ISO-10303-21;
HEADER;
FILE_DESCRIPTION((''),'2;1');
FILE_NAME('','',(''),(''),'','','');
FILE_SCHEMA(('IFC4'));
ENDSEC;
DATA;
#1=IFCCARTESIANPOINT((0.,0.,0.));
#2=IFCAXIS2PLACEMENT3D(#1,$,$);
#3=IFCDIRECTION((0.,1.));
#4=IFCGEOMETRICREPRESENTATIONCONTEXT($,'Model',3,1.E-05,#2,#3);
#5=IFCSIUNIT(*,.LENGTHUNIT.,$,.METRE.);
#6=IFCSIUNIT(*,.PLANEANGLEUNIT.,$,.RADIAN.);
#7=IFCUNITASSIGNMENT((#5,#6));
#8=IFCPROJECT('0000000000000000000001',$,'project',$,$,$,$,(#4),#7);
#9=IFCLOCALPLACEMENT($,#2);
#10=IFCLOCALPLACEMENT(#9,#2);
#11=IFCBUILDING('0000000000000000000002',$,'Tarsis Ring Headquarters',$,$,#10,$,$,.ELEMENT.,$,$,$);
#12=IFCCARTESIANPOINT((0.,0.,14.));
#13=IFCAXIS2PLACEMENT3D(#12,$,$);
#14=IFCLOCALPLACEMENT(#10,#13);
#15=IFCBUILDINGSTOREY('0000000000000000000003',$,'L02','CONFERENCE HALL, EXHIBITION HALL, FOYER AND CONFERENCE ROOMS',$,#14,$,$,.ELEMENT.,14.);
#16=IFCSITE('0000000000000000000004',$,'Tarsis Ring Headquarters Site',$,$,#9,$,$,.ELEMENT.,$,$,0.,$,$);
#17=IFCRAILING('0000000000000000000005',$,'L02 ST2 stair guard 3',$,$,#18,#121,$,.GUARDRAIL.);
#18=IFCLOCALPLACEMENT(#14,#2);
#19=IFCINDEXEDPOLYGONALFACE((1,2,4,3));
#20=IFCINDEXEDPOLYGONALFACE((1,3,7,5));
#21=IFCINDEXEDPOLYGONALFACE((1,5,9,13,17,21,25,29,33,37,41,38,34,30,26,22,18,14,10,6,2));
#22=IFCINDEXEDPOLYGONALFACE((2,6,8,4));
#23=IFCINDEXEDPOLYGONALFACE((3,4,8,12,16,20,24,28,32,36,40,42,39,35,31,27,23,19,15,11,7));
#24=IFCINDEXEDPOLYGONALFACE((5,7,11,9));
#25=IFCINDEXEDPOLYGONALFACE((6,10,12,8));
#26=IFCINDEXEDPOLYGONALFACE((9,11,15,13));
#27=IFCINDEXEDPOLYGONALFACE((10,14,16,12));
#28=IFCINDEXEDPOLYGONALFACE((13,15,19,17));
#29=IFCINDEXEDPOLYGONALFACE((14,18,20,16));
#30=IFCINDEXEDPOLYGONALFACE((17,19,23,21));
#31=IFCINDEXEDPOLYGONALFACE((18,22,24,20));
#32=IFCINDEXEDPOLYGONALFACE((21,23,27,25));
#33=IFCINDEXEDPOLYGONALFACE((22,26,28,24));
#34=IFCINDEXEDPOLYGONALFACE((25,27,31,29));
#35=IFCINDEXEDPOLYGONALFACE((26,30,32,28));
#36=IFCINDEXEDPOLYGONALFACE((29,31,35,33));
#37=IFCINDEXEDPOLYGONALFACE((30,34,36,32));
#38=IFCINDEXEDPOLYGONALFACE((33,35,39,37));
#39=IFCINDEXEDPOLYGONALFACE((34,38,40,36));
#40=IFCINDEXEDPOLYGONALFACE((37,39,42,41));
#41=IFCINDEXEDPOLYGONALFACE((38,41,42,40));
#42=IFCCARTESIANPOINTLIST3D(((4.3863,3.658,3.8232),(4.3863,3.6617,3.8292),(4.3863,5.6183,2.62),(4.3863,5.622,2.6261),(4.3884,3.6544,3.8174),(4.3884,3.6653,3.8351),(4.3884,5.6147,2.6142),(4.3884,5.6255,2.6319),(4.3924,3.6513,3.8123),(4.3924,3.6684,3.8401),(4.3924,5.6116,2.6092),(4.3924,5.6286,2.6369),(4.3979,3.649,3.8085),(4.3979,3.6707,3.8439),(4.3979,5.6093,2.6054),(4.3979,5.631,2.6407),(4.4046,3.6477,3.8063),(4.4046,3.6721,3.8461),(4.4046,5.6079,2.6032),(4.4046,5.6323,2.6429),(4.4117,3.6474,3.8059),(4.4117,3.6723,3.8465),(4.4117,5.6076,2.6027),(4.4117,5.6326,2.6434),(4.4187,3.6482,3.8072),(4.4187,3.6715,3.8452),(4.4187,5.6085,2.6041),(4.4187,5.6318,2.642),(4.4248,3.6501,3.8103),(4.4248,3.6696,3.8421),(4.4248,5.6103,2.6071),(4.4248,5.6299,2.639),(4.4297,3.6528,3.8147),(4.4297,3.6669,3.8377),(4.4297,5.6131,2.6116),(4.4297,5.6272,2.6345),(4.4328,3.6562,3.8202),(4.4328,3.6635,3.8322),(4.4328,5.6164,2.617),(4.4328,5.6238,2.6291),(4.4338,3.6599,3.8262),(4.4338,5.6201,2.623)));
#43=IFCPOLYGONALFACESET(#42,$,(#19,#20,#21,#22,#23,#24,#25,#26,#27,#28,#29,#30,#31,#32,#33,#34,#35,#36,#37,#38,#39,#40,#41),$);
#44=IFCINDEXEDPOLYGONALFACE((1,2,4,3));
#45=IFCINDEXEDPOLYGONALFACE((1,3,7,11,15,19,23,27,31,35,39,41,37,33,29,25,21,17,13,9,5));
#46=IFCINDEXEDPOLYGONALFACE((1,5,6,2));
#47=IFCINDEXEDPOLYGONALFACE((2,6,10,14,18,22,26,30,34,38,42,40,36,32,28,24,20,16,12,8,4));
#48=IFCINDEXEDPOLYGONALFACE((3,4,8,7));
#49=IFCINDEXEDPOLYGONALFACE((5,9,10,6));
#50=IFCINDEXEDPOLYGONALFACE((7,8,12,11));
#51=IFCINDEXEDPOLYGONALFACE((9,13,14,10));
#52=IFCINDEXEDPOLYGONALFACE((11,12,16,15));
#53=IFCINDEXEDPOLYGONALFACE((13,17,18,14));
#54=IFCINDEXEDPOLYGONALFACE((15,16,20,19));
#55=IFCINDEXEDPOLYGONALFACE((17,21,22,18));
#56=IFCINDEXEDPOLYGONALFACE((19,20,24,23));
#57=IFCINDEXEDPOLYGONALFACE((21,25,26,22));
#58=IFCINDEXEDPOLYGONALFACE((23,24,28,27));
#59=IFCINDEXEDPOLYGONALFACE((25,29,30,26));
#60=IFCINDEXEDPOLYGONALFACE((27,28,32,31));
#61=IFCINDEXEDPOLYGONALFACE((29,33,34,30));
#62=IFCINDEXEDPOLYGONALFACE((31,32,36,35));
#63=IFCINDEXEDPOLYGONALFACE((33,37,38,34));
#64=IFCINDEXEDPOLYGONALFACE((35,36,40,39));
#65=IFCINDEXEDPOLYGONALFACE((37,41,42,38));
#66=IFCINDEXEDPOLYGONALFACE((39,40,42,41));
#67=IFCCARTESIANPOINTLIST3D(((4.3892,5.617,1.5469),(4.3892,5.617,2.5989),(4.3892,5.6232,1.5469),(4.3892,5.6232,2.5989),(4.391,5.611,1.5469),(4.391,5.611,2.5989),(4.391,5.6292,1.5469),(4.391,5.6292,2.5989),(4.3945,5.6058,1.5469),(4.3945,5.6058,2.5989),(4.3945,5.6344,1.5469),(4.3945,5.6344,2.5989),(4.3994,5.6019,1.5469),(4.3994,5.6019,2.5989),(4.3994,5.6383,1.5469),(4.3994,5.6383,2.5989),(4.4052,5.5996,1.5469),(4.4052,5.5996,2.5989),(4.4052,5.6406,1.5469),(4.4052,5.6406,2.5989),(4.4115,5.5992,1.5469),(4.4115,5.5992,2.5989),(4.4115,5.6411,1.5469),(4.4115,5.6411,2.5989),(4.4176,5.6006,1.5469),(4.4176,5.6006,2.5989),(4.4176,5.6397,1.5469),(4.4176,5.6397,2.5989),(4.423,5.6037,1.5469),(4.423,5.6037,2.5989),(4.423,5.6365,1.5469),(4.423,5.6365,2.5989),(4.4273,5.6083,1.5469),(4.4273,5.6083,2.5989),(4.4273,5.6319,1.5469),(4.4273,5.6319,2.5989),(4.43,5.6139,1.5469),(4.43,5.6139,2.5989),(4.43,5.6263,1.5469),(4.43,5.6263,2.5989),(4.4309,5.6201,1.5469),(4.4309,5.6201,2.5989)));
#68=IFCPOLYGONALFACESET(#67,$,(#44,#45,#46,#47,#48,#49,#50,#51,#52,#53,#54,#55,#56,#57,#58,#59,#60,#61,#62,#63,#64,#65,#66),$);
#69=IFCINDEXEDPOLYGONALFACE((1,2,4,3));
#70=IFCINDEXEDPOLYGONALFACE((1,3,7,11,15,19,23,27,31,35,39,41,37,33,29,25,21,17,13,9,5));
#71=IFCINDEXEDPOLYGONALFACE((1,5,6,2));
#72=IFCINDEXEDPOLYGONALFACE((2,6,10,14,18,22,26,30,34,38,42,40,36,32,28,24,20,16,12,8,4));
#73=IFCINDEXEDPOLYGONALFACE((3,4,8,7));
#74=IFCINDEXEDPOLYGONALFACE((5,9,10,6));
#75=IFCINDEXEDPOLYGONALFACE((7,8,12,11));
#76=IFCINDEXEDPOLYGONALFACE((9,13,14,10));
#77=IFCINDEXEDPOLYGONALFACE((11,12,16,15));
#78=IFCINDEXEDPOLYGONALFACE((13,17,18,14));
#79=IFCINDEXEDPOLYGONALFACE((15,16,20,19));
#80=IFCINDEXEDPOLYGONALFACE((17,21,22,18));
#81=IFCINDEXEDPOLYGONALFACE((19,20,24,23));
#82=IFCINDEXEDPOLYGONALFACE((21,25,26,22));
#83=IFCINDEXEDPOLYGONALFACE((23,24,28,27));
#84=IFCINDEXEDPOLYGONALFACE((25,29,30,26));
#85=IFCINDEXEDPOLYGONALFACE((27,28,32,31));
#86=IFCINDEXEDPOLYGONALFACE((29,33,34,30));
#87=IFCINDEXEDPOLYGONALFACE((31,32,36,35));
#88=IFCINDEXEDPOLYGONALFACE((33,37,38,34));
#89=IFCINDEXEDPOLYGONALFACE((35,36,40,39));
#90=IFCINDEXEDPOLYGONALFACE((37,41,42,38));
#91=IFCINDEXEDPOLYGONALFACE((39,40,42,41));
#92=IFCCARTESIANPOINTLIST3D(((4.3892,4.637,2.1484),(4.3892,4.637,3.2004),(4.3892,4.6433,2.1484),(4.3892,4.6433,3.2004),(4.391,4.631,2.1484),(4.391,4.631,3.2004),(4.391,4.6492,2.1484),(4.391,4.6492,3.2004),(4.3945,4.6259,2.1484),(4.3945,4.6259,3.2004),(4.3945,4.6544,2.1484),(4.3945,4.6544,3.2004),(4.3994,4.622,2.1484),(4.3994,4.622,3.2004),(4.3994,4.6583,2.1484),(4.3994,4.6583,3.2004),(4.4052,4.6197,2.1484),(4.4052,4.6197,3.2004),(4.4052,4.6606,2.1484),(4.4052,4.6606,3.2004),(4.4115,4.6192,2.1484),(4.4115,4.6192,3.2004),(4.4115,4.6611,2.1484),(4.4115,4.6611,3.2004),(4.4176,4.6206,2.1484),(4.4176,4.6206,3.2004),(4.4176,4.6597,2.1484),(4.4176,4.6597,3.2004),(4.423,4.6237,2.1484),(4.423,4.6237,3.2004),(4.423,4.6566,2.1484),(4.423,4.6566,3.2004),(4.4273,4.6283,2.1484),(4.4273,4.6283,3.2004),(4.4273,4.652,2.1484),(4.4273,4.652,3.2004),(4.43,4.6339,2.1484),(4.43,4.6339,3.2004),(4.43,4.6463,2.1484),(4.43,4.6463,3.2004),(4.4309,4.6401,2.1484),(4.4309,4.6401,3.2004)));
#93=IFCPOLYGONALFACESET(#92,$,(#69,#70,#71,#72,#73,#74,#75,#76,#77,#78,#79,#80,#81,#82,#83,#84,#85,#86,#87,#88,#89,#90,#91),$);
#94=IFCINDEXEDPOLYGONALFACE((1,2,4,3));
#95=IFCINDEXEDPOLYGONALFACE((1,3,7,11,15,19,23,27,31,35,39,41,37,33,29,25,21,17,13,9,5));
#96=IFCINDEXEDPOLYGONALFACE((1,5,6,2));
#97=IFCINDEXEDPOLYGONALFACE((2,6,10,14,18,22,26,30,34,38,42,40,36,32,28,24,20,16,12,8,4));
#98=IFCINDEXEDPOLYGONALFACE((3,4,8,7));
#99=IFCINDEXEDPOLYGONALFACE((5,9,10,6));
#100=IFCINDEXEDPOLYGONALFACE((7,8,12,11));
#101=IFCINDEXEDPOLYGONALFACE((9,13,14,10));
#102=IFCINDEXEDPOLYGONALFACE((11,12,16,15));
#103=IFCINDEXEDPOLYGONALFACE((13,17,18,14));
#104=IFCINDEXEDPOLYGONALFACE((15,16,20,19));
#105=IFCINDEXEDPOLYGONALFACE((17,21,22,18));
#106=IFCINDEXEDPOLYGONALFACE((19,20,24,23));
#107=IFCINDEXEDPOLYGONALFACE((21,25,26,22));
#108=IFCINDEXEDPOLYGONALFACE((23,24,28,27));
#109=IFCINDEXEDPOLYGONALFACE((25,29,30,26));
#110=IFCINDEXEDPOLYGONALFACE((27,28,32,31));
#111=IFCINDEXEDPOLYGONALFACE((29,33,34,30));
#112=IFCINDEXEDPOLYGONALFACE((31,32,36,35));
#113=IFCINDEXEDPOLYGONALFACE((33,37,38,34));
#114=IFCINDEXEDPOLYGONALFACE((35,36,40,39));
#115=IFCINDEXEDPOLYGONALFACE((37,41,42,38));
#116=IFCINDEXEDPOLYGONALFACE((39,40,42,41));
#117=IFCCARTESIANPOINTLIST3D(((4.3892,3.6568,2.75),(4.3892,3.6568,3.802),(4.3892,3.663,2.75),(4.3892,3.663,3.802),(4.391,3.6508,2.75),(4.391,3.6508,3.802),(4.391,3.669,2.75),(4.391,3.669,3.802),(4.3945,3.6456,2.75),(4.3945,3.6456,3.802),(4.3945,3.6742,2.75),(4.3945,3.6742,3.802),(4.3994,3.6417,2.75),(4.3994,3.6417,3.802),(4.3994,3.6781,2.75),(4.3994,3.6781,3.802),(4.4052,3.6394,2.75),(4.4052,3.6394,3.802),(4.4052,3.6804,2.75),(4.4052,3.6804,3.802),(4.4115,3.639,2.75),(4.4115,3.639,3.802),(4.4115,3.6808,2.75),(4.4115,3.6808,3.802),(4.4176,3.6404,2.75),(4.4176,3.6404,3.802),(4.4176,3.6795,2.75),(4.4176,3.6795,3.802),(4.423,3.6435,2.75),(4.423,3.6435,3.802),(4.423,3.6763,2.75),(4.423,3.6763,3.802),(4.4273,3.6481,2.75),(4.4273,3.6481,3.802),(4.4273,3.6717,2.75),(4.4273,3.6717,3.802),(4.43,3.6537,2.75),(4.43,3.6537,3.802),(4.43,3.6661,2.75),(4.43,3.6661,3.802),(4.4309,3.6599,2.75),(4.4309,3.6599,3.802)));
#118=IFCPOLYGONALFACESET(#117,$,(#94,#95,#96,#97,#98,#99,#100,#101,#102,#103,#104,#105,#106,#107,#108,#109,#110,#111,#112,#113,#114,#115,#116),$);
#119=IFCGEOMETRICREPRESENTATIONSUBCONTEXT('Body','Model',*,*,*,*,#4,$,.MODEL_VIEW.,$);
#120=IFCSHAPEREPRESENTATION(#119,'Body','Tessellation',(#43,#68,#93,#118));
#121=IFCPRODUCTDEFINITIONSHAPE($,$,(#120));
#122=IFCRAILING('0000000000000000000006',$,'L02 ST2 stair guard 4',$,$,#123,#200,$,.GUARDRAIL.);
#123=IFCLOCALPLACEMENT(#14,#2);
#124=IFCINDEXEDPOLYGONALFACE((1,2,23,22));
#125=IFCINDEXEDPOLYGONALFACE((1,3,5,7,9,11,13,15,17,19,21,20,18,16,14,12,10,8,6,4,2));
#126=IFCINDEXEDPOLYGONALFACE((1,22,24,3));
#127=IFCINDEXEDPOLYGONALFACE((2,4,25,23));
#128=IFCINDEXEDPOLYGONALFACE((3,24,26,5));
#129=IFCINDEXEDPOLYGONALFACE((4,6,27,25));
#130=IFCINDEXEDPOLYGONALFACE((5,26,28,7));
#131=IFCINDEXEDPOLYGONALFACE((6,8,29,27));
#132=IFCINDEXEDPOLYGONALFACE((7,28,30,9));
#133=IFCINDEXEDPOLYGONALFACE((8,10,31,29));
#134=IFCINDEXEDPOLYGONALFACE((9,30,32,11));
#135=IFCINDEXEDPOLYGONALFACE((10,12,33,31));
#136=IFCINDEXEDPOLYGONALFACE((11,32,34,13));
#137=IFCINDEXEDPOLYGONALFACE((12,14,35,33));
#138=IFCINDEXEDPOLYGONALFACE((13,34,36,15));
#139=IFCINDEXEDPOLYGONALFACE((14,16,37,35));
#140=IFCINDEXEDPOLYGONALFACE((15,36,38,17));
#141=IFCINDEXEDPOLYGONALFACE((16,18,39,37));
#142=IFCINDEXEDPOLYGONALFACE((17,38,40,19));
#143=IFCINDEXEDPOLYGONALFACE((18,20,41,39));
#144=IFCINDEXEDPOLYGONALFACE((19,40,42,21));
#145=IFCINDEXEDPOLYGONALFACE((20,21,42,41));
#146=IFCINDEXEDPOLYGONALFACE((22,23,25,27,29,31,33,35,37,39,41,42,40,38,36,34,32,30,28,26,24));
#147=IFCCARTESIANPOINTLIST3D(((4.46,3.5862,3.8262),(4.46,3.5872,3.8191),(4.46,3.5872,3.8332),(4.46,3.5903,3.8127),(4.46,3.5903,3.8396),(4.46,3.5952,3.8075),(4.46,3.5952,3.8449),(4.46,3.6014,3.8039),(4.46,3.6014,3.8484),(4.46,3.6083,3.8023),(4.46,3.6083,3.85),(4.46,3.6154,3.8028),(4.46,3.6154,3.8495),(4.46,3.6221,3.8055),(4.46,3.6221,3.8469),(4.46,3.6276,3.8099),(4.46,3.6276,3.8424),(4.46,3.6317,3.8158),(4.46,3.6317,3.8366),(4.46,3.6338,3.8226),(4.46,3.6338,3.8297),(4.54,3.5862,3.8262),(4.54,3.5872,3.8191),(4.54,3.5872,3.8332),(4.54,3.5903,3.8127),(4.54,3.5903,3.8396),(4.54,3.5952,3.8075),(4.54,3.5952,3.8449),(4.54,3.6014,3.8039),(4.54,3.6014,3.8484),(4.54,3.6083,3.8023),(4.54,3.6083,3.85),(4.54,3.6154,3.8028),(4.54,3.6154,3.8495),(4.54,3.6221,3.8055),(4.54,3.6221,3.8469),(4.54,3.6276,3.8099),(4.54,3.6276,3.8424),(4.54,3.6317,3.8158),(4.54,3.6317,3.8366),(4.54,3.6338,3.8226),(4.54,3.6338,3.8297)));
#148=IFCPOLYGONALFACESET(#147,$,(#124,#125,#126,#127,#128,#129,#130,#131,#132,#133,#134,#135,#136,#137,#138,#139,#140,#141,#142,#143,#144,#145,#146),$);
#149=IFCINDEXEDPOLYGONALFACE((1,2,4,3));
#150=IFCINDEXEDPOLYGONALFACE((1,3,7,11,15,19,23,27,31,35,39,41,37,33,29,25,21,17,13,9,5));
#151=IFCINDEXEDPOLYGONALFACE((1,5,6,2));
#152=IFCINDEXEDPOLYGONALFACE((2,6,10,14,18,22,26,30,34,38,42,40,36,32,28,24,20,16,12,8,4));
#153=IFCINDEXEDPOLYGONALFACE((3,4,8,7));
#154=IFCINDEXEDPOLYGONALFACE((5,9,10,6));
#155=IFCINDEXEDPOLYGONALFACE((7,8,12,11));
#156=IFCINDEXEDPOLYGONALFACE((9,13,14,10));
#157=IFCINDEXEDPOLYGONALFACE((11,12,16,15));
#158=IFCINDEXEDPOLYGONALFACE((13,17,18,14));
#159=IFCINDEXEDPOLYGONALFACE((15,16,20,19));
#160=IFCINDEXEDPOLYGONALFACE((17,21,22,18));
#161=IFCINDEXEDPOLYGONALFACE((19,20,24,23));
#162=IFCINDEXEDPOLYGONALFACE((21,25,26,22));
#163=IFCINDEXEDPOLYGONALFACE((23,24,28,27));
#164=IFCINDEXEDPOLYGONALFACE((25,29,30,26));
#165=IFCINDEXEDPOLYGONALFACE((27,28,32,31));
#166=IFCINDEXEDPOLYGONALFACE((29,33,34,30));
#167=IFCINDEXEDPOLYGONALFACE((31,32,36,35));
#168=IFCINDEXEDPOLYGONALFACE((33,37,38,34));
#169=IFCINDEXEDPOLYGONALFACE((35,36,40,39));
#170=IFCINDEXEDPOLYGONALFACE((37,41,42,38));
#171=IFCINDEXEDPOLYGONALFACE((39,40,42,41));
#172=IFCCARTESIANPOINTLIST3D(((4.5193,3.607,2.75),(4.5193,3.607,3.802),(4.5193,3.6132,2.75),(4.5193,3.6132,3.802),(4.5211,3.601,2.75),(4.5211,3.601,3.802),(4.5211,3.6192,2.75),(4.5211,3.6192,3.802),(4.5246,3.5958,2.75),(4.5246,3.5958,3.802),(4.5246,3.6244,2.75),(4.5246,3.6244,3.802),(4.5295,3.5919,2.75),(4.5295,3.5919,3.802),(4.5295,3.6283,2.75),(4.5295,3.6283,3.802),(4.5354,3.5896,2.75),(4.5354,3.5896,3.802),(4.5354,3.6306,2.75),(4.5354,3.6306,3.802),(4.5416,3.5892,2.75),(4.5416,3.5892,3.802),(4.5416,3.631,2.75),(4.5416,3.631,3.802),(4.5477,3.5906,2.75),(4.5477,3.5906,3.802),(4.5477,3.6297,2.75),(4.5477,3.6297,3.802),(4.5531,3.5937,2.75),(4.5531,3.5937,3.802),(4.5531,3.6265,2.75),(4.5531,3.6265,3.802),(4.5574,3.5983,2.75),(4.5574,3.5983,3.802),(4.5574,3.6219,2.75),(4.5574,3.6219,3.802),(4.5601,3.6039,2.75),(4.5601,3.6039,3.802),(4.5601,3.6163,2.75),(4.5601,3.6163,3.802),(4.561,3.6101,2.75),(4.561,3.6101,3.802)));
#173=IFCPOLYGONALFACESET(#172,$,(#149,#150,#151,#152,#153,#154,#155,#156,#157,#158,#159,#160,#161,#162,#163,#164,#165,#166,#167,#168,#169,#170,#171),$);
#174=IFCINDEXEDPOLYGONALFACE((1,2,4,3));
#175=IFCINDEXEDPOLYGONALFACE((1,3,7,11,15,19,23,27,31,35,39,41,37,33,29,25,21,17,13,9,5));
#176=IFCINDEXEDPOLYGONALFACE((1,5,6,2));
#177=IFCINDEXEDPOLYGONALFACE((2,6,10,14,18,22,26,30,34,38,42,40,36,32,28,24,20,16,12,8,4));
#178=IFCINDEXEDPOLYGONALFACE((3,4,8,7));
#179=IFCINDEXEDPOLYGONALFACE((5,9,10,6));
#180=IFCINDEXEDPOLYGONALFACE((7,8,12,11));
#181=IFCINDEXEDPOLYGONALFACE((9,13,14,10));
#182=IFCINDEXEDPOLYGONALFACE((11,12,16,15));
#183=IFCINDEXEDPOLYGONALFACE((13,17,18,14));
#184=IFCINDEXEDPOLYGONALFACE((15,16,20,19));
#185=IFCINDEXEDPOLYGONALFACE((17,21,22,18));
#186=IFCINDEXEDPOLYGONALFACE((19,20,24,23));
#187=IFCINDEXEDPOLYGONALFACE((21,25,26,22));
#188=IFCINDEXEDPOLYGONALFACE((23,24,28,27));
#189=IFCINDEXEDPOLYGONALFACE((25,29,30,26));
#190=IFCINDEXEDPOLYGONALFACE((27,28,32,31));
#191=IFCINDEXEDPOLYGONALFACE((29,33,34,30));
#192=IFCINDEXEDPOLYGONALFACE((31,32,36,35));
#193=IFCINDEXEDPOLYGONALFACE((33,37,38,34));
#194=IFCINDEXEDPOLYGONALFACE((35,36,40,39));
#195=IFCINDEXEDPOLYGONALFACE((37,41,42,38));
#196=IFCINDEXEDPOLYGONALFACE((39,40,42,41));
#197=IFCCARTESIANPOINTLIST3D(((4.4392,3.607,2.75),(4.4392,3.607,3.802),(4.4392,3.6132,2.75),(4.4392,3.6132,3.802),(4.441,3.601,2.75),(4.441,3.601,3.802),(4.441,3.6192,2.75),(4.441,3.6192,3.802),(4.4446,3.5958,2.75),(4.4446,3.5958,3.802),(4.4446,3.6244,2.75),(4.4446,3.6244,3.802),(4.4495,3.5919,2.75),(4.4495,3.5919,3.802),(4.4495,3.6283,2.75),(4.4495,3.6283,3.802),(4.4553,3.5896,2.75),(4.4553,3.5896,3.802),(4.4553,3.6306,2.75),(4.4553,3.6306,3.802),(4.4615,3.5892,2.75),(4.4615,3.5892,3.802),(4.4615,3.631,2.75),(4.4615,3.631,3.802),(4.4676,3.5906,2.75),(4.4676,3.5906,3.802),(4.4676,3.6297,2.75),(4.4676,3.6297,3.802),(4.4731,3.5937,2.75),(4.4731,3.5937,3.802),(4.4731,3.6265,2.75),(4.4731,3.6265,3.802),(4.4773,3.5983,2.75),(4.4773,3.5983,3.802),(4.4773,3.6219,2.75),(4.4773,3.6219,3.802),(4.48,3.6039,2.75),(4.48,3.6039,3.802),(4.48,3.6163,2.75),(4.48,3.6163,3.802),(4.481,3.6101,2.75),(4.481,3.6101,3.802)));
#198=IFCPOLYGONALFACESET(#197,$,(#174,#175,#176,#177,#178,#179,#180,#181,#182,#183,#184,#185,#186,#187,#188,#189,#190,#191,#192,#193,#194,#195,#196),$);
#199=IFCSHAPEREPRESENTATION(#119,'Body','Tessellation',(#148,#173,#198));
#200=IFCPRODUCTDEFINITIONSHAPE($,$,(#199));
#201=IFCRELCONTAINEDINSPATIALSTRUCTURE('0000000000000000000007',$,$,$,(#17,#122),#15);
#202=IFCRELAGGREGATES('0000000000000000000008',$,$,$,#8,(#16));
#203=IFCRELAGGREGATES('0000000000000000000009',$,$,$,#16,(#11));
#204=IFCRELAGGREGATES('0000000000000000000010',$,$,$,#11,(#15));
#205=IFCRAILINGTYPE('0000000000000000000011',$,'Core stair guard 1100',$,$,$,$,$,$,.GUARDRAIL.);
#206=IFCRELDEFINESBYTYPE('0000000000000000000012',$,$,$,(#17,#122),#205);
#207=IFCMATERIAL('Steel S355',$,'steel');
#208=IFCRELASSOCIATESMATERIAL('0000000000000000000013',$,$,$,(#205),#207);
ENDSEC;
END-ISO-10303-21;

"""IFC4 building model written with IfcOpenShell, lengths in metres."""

from ifc_helpers import new_model, si_unit, direction, frame, origin, origin_2d, place, context, subcontext, project, spatial, circle, extrude, material, type_object, element, save


model = new_model("IFC4")

# Units and contexts
model_context = context("Model", 3, precision=1e-05, world=origin(), true_north=direction((0.0, 1.0)))
body_context = subcontext(model_context, "Body", "Model", "MODEL_VIEW")
ifc_project = project(units=[si_unit("LENGTHUNIT", "METRE"), si_unit("PLANEANGLEUNIT", "RADIAN")], contexts=[model_context])

# Site, building, storey
site_placement = place(None, origin())
site = spatial("IfcSite", under=ifc_project, at=site_placement, Name="Tarsis Ring Headquarters Site", CompositionType="ELEMENT", RefElevation=0.0)
building_placement = place(site_placement, origin())
building = spatial("IfcBuilding", under=site, at=building_placement, Name="Tarsis Ring Headquarters", CompositionType="ELEMENT")
storey_placement = place(building_placement, frame((0.0, 0.0, 14.0)))
storey = spatial("IfcBuildingStorey", under=building, at=storey_placement, Name="L02", Description="CONFERENCE HALL, EXHIBITION HALL, FOYER AND CONFERENCE ROOMS", CompositionType="ELEMENT", Elevation=14.0)

# Railings
ifc_material_1 = material(Name="Steel S355", Category="steel")
railing_type_1 = type_object("IfcRailingType", Name="Core stair guard 1100", PredefinedType="GUARDRAIL", material=ifc_material_1)
railing_1_placement = place(storey_placement, frame((4.4099, 5.6201, 1.5469)))
element("IfcRailing", 1, at=railing_1_placement, inside=storey, type_object=railing_type_1, Name="L02 ST2 stair guard 3", PredefinedType="GUARDRAIL", context=body_context, shape_type="SweptSolid", body=[
    extrude(circle(Radius=0.0239, at=origin_2d()), frame((0.0, 0.0, 1.0762), z_axis=(0.0, -0.85227, 0.523102), x_axis=(1.0, 0.0, 0.0)), (0.0, 0.0, 1.0), 2.3),
    extrude(circle(Radius=0.021, at=origin_2d()), origin(), (0.0, 0.0, 1.0), 1.052),
    extrude(circle(Radius=0.021, at=origin_2d()), frame((0.0, -0.98, 0.6016)), (0.0, 0.0, 1.0), 1.052),
    extrude(circle(Radius=0.021, at=origin_2d()), frame((0.0, -1.9602, 1.2031)), (0.0, 0.0, 1.0), 1.052),
])
railing_2_placement = place(storey_placement, frame((4.54, 3.6101, 2.75)))
element("IfcRailing", 2, at=railing_2_placement, inside=storey, type_object=railing_type_1, Name="L02 ST2 stair guard 4", PredefinedType="GUARDRAIL", context=body_context, shape_type="SweptSolid", body=[
    extrude(circle(Radius=0.0239, at=origin_2d()), frame((0.0, 0.0, 1.0762), z_axis=(-1.0, 0.0, 0.0), x_axis=(0.0, -1.0, 0.0)), (0.0, 0.0, 1.0), 0.0801),
    extrude(circle(Radius=0.021, at=origin_2d()), origin(), (0.0, 0.0, 1.0), 1.052),
    extrude(circle(Radius=0.021, at=origin_2d()), frame((-0.0801, 0.0, 0.0)), (0.0, 0.0, 1.0), 1.052),
])

save(model, "model.ifc")
